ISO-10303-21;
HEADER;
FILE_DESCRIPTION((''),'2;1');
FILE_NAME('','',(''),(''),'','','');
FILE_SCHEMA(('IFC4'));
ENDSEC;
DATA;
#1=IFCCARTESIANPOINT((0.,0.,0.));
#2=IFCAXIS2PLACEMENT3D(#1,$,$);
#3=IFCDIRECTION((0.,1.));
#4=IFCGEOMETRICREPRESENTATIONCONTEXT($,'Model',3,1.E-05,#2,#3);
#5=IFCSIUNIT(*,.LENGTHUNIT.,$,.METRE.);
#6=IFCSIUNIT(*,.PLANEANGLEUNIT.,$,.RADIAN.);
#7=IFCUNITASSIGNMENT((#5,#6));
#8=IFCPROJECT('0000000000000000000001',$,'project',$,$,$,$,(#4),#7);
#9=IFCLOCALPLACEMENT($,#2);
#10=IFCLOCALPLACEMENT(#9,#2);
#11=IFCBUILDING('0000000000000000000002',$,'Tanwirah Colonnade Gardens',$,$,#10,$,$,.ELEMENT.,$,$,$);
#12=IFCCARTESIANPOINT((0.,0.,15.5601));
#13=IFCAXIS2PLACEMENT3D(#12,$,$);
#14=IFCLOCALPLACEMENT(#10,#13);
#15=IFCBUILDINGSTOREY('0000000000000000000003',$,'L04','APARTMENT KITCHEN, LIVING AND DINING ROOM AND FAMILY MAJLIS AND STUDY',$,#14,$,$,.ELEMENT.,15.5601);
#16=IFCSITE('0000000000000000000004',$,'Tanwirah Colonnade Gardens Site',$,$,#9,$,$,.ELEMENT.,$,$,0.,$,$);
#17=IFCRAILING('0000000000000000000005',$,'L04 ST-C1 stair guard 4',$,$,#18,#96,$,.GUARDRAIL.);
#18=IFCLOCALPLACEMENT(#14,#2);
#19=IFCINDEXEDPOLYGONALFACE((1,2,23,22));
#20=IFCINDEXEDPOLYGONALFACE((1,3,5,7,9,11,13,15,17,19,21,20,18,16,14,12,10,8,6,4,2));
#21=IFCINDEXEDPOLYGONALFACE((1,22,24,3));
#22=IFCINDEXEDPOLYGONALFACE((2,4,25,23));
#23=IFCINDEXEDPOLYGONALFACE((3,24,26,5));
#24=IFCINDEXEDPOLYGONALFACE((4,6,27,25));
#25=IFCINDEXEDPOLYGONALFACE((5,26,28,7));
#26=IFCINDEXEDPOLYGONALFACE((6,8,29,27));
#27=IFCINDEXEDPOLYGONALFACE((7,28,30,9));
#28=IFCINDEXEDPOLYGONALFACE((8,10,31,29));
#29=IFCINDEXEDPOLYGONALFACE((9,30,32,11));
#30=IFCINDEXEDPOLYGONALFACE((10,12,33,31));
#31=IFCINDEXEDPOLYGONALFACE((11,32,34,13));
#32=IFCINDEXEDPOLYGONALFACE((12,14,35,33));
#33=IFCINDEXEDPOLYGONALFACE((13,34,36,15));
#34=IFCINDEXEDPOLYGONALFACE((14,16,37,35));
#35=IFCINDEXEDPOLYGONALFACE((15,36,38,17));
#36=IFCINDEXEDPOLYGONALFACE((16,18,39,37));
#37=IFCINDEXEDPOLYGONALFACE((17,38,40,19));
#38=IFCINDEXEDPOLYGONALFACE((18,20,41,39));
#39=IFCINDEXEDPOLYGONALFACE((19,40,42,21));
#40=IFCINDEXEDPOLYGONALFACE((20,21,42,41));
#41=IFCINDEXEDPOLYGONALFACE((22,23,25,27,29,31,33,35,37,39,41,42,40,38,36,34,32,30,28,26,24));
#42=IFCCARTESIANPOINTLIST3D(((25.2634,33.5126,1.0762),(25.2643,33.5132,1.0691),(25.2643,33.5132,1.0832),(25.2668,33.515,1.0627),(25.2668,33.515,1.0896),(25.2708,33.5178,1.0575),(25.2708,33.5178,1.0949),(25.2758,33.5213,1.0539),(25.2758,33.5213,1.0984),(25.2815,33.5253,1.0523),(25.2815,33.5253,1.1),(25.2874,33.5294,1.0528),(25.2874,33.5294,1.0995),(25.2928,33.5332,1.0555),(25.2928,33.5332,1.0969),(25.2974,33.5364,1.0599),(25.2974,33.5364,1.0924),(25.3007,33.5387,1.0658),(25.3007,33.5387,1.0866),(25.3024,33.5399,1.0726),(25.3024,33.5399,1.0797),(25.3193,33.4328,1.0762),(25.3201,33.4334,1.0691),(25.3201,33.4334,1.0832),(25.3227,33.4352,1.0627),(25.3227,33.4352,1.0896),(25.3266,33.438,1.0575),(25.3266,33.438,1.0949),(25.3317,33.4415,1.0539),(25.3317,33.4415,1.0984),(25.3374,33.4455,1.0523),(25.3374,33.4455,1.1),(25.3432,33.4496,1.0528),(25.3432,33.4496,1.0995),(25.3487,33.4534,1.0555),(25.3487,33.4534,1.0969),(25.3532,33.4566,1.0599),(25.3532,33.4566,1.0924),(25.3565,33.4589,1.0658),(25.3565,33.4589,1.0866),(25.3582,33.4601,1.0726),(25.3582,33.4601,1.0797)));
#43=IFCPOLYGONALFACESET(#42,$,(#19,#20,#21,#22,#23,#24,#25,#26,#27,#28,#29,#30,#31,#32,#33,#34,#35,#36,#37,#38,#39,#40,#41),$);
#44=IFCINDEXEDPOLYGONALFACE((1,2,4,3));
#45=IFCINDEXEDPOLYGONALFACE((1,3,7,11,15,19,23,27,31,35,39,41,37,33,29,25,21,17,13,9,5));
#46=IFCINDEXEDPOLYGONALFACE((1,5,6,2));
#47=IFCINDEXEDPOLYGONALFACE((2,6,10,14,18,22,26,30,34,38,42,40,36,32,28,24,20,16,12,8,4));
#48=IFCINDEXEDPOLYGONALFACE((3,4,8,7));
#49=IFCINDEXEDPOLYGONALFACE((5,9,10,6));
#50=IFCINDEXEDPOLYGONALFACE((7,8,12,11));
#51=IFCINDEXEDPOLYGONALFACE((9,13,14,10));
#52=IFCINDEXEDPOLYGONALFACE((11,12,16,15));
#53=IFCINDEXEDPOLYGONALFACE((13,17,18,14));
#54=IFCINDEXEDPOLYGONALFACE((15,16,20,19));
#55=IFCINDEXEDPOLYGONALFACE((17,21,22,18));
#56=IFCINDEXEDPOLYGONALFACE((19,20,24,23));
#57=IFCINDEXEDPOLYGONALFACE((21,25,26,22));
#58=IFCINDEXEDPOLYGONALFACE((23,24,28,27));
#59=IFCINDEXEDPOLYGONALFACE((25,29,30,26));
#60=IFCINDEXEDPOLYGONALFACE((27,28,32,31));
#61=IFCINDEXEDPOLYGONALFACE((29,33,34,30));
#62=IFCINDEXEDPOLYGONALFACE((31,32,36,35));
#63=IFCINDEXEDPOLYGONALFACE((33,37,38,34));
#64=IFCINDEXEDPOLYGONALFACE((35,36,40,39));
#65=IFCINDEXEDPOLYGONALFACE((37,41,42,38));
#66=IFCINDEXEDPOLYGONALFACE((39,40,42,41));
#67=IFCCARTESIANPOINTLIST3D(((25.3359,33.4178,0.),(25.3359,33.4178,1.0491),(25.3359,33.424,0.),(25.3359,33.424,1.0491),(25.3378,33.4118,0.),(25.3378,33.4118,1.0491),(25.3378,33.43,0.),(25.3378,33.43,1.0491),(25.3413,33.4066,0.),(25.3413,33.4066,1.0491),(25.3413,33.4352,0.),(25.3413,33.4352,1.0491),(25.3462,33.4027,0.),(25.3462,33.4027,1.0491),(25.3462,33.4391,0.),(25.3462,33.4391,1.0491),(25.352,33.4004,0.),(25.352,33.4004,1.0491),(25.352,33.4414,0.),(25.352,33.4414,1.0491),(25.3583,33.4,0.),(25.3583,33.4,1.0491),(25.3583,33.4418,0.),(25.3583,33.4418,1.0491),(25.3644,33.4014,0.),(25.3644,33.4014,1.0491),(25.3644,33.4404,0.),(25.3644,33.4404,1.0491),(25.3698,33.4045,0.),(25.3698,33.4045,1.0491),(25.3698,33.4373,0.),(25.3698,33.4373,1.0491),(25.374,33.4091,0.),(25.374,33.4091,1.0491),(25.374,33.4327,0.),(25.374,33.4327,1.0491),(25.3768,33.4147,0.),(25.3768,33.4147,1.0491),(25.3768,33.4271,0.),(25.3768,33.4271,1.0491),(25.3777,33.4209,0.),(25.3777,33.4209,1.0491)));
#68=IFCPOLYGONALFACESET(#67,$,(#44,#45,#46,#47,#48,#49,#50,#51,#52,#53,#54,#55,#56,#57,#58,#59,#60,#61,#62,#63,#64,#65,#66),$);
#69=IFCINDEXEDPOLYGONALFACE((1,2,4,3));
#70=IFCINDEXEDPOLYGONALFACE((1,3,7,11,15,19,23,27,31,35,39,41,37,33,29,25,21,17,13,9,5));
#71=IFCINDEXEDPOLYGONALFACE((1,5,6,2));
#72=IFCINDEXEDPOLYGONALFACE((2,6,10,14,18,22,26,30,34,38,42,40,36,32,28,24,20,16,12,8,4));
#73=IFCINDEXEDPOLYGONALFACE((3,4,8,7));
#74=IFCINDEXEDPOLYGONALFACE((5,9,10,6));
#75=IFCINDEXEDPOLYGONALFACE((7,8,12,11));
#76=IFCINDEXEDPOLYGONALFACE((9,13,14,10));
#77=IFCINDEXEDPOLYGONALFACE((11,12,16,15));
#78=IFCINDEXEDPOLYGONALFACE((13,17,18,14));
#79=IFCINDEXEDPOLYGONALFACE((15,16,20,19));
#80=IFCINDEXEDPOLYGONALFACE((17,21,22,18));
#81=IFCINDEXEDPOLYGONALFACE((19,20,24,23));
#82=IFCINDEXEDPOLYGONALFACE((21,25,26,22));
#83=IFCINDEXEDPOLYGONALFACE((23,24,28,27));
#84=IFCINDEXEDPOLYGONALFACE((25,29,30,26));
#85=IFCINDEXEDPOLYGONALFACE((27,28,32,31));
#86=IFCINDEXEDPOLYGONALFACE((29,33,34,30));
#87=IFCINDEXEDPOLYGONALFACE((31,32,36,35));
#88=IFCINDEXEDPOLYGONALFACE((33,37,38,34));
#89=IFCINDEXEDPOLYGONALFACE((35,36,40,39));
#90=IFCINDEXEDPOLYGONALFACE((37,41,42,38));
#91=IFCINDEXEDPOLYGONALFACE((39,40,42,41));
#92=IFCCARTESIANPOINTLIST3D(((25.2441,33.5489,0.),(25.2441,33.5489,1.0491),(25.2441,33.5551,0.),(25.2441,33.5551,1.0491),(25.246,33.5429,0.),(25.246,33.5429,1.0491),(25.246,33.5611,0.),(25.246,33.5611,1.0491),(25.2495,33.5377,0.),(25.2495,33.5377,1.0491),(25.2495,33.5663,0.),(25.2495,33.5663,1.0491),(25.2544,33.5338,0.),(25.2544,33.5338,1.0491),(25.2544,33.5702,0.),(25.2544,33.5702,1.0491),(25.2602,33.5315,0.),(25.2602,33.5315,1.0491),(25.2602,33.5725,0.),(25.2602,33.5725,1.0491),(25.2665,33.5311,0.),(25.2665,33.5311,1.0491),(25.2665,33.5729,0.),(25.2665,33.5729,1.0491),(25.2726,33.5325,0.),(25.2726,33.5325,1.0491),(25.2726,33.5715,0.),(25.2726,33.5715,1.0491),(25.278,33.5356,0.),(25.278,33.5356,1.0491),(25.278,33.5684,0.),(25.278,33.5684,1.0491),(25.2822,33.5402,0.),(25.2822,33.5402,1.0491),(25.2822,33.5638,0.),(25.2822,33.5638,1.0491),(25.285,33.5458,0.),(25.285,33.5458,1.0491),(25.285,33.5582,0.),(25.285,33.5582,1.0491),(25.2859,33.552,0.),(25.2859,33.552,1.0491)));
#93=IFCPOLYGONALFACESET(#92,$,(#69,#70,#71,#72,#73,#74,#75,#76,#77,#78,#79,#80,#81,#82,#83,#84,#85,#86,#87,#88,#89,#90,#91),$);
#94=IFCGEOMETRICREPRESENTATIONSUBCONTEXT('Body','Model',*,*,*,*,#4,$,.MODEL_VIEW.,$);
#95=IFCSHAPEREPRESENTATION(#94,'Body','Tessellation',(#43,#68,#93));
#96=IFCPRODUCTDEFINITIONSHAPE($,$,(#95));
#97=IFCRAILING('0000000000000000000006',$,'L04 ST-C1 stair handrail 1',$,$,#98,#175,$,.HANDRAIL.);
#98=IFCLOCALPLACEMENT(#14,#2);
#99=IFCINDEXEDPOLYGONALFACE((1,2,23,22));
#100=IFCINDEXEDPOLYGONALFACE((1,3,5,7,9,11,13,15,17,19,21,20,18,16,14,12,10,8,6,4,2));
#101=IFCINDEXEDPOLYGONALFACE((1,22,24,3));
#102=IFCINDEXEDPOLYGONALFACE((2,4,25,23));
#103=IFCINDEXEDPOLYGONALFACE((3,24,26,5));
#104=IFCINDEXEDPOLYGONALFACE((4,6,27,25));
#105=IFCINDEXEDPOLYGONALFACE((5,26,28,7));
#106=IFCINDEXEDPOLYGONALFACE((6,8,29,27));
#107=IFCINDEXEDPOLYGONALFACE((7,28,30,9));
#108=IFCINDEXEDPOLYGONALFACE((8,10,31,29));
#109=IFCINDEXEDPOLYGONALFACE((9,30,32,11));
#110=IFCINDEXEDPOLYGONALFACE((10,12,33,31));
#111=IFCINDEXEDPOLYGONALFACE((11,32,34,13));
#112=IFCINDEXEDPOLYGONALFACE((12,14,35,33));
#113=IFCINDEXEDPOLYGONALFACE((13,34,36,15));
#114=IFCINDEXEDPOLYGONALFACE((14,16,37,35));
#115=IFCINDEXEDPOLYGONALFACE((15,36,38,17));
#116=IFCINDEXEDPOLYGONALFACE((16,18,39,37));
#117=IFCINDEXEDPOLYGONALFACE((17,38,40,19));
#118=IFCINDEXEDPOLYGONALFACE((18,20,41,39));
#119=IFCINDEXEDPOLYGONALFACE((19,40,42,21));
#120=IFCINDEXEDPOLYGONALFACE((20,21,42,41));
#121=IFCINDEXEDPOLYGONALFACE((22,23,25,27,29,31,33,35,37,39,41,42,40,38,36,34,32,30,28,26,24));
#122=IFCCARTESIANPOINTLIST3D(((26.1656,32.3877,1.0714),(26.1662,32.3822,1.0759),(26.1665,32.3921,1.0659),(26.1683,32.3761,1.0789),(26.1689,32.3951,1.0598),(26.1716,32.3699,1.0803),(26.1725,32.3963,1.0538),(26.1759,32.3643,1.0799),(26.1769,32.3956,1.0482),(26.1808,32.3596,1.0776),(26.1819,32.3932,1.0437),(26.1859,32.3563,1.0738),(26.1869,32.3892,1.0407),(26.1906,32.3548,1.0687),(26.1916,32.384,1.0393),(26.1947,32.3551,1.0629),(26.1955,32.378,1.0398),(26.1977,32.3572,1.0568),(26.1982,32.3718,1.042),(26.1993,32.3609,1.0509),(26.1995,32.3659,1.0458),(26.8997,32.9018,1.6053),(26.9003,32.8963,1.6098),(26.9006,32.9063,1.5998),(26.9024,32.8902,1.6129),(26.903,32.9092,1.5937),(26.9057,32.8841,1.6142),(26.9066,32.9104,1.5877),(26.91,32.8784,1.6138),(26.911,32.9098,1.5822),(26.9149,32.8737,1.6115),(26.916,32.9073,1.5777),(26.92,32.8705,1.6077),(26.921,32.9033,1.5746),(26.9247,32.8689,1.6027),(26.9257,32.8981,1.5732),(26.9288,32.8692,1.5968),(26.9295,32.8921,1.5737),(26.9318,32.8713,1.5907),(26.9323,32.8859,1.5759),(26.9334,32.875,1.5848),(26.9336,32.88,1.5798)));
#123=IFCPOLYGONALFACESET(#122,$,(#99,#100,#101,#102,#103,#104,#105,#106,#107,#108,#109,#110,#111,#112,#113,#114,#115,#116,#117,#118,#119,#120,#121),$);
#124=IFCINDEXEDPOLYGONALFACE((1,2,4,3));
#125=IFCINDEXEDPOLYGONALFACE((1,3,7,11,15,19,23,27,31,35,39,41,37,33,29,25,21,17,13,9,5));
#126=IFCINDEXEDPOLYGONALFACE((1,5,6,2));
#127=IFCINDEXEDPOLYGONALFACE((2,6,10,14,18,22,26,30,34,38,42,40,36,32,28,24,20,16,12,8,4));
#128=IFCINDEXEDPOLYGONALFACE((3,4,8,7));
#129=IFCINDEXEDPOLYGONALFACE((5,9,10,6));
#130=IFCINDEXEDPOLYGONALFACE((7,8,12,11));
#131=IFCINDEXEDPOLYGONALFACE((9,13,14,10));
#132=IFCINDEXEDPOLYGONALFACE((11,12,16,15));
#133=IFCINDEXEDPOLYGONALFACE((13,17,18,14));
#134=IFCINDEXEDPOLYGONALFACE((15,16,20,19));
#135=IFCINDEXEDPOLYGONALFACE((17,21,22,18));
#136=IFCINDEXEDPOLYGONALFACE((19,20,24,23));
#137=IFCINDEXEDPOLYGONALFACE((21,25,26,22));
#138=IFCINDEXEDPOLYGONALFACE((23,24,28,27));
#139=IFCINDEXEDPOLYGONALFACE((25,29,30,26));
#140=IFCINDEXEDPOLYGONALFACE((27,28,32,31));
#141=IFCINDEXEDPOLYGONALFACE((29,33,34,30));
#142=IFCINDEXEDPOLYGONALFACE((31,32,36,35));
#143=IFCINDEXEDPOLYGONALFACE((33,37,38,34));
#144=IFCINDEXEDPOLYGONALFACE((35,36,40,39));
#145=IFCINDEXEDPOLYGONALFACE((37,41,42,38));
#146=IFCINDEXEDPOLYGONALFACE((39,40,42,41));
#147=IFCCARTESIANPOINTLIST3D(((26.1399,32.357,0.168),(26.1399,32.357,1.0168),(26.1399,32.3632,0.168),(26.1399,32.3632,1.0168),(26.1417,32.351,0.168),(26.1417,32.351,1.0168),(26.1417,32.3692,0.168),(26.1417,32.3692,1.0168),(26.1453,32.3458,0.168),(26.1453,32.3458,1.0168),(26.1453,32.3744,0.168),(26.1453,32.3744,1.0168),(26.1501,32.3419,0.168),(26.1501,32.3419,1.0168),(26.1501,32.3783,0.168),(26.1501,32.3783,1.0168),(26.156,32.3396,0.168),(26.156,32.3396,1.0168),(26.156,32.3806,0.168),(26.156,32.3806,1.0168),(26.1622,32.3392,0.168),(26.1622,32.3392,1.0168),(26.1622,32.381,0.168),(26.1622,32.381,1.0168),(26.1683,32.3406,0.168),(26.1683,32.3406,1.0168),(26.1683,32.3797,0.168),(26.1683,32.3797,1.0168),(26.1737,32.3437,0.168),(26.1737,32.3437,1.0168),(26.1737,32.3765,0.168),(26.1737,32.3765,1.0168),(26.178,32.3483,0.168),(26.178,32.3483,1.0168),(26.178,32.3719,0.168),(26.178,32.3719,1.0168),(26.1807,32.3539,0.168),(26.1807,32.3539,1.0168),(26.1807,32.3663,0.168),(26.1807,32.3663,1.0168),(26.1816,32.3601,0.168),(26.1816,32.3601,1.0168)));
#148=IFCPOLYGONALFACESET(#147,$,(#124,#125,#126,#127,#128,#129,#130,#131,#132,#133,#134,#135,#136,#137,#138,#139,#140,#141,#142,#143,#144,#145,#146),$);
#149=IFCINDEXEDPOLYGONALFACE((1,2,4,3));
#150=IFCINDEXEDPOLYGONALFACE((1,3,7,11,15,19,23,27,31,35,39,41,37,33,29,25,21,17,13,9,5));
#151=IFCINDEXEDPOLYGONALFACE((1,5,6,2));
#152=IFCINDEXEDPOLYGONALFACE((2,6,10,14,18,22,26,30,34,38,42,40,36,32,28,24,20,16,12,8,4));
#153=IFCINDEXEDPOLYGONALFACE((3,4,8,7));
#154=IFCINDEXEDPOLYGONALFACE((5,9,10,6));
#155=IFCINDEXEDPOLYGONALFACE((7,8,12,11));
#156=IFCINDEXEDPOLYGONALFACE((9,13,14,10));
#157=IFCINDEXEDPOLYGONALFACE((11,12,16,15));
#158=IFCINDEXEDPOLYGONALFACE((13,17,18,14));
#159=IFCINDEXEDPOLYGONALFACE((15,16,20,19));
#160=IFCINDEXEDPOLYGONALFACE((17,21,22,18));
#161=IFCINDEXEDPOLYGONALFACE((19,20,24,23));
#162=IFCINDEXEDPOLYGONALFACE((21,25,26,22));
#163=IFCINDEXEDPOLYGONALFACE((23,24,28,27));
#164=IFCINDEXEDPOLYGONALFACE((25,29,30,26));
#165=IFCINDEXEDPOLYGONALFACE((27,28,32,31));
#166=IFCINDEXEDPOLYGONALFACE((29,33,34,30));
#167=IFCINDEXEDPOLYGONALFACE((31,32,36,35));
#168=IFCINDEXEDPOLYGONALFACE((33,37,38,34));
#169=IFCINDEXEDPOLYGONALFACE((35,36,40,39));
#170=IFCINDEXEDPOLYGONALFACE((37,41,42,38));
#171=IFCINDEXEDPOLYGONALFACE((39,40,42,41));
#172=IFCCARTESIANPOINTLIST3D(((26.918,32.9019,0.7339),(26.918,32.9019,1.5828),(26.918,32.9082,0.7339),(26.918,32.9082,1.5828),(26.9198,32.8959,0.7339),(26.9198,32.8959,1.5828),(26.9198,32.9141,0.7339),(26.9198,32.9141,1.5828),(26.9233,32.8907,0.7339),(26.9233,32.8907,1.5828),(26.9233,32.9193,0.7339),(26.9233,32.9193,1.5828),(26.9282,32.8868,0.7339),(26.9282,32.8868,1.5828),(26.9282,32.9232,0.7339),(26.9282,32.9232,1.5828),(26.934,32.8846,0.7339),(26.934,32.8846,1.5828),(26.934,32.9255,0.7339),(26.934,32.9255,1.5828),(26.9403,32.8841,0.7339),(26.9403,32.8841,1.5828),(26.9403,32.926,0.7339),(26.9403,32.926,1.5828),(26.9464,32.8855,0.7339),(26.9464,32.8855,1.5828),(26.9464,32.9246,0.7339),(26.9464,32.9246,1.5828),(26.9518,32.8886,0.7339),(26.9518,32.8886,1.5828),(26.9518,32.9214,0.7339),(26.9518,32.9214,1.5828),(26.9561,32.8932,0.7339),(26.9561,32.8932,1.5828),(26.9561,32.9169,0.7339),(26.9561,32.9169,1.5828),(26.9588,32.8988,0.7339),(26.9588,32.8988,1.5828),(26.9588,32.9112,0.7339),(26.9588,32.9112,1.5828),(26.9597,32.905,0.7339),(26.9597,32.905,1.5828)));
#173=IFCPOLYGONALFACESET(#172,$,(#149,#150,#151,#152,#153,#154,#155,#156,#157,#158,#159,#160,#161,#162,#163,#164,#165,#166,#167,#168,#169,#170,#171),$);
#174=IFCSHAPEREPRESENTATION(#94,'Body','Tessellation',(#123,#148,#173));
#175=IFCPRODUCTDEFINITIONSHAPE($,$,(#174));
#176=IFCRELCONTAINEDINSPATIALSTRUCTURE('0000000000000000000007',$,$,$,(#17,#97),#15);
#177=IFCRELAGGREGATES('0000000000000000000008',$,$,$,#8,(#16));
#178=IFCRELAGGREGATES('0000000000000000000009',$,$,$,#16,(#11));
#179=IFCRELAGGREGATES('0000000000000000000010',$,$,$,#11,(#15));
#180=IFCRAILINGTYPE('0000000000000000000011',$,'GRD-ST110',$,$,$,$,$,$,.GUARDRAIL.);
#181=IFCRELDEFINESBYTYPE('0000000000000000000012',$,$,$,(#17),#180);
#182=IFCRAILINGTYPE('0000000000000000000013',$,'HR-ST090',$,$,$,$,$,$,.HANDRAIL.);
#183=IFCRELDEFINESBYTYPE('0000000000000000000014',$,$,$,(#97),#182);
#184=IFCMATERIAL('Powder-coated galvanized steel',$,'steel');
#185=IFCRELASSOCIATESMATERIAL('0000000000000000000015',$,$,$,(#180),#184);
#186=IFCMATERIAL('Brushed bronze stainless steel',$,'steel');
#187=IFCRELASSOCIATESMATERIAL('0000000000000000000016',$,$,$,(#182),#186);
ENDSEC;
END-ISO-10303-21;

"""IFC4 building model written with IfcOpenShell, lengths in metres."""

from ifc_helpers import new_model, si_unit, direction, frame, origin, origin_2d, place, context, subcontext, project, spatial, circle, extrude, material, type_object, element, save


model = new_model("IFC4")

# Units and contexts
model_context = context("Model", 3, precision=1e-05, world=origin(), true_north=direction((0.0, 1.0)))
body_context = subcontext(model_context, "Body", "Model", "MODEL_VIEW")
ifc_project = project(units=[si_unit("LENGTHUNIT", "METRE"), si_unit("PLANEANGLEUNIT", "RADIAN")], contexts=[model_context])

# Site, building, storey
site_placement = place(None, origin())
site = spatial("IfcSite", under=ifc_project, at=site_placement, Name="Tanwirah Colonnade Gardens Site", CompositionType="ELEMENT", RefElevation=0.0)
building_placement = place(site_placement, origin())
building = spatial("IfcBuilding", under=site, at=building_placement, Name="Tanwirah Colonnade Gardens", CompositionType="ELEMENT")
storey_placement = place(building_placement, frame((0.0, 0.0, 15.5601)))
storey = spatial("IfcBuildingStorey", under=building, at=storey_placement, Name="L04", Description="APARTMENT KITCHEN, LIVING AND DINING ROOM AND FAMILY MAJLIS AND STUDY", CompositionType="ELEMENT", Elevation=15.5601)

# Railings
ifc_material_1 = material(Name="Powder-coated galvanized steel", Category="steel")
railing_type_1 = type_object("IfcRailingType", Name="GRD-ST110", PredefinedType="GUARDRAIL", material=ifc_material_1)
railing_1_placement = place(storey_placement, frame((25.3567, 33.4209, 0.0)))
element("IfcRailing", 1, at=railing_1_placement, inside=storey, type_object=railing_type_1, Name="L04 ST-C1 stair guard 4", PredefinedType="GUARDRAIL", context=body_context, shape_type="SweptSolid", body=[
    extrude(circle(Radius=0.0239, at=origin_2d()), frame((-0.0178, 0.0256, 1.0762), z_axis=(-0.573565, 0.81916, 0.0), x_axis=(-0.81916, -0.573565, 0.0)), (0.0, 0.0, 1.0), 0.0974),
    extrude(circle(Radius=0.021, at=origin_2d()), origin(), (0.0, 0.0, 1.0), 1.0491),
    extrude(circle(Radius=0.021, at=origin_2d()), frame((-0.0918, 0.1311, 0.0)), (0.0, 0.0, 1.0), 1.0491),
])
ifc_material_2 = material(Name="Brushed bronze stainless steel", Category="steel")
railing_type_2 = type_object("IfcRailingType", Name="HR-ST090", PredefinedType="HANDRAIL", material=ifc_material_2)
railing_2_placement = place(storey_placement, frame((26.1606, 32.3601, 0.168)))
element("IfcRailing", 2, at=railing_2_placement, inside=storey, type_object=railing_type_2, Name="L04 ST-C1 stair handrail 1", PredefinedType="HANDRAIL", context=body_context, shape_type="SweptSolid", body=[
    extrude(circle(Radius=0.0239, at=origin_2d()), frame((0.022, 0.0154, 0.8918), z_axis=(0.703686, 0.492823, 0.511812), x_axis=(-0.573652, 0.819099, 0.0)), (0.0, 0.0, 1.0), 1.0432),
    extrude(circle(Radius=0.021, at=origin_2d()), origin(), (0.0, 0.0, 1.0), 0.8489),
    extrude(circle(Radius=0.021, at=origin_2d()), frame((0.7781, 0.5449, 0.5659)), (0.0, 0.0, 1.0), 0.8489),
])

save(model, "model.ifc")
